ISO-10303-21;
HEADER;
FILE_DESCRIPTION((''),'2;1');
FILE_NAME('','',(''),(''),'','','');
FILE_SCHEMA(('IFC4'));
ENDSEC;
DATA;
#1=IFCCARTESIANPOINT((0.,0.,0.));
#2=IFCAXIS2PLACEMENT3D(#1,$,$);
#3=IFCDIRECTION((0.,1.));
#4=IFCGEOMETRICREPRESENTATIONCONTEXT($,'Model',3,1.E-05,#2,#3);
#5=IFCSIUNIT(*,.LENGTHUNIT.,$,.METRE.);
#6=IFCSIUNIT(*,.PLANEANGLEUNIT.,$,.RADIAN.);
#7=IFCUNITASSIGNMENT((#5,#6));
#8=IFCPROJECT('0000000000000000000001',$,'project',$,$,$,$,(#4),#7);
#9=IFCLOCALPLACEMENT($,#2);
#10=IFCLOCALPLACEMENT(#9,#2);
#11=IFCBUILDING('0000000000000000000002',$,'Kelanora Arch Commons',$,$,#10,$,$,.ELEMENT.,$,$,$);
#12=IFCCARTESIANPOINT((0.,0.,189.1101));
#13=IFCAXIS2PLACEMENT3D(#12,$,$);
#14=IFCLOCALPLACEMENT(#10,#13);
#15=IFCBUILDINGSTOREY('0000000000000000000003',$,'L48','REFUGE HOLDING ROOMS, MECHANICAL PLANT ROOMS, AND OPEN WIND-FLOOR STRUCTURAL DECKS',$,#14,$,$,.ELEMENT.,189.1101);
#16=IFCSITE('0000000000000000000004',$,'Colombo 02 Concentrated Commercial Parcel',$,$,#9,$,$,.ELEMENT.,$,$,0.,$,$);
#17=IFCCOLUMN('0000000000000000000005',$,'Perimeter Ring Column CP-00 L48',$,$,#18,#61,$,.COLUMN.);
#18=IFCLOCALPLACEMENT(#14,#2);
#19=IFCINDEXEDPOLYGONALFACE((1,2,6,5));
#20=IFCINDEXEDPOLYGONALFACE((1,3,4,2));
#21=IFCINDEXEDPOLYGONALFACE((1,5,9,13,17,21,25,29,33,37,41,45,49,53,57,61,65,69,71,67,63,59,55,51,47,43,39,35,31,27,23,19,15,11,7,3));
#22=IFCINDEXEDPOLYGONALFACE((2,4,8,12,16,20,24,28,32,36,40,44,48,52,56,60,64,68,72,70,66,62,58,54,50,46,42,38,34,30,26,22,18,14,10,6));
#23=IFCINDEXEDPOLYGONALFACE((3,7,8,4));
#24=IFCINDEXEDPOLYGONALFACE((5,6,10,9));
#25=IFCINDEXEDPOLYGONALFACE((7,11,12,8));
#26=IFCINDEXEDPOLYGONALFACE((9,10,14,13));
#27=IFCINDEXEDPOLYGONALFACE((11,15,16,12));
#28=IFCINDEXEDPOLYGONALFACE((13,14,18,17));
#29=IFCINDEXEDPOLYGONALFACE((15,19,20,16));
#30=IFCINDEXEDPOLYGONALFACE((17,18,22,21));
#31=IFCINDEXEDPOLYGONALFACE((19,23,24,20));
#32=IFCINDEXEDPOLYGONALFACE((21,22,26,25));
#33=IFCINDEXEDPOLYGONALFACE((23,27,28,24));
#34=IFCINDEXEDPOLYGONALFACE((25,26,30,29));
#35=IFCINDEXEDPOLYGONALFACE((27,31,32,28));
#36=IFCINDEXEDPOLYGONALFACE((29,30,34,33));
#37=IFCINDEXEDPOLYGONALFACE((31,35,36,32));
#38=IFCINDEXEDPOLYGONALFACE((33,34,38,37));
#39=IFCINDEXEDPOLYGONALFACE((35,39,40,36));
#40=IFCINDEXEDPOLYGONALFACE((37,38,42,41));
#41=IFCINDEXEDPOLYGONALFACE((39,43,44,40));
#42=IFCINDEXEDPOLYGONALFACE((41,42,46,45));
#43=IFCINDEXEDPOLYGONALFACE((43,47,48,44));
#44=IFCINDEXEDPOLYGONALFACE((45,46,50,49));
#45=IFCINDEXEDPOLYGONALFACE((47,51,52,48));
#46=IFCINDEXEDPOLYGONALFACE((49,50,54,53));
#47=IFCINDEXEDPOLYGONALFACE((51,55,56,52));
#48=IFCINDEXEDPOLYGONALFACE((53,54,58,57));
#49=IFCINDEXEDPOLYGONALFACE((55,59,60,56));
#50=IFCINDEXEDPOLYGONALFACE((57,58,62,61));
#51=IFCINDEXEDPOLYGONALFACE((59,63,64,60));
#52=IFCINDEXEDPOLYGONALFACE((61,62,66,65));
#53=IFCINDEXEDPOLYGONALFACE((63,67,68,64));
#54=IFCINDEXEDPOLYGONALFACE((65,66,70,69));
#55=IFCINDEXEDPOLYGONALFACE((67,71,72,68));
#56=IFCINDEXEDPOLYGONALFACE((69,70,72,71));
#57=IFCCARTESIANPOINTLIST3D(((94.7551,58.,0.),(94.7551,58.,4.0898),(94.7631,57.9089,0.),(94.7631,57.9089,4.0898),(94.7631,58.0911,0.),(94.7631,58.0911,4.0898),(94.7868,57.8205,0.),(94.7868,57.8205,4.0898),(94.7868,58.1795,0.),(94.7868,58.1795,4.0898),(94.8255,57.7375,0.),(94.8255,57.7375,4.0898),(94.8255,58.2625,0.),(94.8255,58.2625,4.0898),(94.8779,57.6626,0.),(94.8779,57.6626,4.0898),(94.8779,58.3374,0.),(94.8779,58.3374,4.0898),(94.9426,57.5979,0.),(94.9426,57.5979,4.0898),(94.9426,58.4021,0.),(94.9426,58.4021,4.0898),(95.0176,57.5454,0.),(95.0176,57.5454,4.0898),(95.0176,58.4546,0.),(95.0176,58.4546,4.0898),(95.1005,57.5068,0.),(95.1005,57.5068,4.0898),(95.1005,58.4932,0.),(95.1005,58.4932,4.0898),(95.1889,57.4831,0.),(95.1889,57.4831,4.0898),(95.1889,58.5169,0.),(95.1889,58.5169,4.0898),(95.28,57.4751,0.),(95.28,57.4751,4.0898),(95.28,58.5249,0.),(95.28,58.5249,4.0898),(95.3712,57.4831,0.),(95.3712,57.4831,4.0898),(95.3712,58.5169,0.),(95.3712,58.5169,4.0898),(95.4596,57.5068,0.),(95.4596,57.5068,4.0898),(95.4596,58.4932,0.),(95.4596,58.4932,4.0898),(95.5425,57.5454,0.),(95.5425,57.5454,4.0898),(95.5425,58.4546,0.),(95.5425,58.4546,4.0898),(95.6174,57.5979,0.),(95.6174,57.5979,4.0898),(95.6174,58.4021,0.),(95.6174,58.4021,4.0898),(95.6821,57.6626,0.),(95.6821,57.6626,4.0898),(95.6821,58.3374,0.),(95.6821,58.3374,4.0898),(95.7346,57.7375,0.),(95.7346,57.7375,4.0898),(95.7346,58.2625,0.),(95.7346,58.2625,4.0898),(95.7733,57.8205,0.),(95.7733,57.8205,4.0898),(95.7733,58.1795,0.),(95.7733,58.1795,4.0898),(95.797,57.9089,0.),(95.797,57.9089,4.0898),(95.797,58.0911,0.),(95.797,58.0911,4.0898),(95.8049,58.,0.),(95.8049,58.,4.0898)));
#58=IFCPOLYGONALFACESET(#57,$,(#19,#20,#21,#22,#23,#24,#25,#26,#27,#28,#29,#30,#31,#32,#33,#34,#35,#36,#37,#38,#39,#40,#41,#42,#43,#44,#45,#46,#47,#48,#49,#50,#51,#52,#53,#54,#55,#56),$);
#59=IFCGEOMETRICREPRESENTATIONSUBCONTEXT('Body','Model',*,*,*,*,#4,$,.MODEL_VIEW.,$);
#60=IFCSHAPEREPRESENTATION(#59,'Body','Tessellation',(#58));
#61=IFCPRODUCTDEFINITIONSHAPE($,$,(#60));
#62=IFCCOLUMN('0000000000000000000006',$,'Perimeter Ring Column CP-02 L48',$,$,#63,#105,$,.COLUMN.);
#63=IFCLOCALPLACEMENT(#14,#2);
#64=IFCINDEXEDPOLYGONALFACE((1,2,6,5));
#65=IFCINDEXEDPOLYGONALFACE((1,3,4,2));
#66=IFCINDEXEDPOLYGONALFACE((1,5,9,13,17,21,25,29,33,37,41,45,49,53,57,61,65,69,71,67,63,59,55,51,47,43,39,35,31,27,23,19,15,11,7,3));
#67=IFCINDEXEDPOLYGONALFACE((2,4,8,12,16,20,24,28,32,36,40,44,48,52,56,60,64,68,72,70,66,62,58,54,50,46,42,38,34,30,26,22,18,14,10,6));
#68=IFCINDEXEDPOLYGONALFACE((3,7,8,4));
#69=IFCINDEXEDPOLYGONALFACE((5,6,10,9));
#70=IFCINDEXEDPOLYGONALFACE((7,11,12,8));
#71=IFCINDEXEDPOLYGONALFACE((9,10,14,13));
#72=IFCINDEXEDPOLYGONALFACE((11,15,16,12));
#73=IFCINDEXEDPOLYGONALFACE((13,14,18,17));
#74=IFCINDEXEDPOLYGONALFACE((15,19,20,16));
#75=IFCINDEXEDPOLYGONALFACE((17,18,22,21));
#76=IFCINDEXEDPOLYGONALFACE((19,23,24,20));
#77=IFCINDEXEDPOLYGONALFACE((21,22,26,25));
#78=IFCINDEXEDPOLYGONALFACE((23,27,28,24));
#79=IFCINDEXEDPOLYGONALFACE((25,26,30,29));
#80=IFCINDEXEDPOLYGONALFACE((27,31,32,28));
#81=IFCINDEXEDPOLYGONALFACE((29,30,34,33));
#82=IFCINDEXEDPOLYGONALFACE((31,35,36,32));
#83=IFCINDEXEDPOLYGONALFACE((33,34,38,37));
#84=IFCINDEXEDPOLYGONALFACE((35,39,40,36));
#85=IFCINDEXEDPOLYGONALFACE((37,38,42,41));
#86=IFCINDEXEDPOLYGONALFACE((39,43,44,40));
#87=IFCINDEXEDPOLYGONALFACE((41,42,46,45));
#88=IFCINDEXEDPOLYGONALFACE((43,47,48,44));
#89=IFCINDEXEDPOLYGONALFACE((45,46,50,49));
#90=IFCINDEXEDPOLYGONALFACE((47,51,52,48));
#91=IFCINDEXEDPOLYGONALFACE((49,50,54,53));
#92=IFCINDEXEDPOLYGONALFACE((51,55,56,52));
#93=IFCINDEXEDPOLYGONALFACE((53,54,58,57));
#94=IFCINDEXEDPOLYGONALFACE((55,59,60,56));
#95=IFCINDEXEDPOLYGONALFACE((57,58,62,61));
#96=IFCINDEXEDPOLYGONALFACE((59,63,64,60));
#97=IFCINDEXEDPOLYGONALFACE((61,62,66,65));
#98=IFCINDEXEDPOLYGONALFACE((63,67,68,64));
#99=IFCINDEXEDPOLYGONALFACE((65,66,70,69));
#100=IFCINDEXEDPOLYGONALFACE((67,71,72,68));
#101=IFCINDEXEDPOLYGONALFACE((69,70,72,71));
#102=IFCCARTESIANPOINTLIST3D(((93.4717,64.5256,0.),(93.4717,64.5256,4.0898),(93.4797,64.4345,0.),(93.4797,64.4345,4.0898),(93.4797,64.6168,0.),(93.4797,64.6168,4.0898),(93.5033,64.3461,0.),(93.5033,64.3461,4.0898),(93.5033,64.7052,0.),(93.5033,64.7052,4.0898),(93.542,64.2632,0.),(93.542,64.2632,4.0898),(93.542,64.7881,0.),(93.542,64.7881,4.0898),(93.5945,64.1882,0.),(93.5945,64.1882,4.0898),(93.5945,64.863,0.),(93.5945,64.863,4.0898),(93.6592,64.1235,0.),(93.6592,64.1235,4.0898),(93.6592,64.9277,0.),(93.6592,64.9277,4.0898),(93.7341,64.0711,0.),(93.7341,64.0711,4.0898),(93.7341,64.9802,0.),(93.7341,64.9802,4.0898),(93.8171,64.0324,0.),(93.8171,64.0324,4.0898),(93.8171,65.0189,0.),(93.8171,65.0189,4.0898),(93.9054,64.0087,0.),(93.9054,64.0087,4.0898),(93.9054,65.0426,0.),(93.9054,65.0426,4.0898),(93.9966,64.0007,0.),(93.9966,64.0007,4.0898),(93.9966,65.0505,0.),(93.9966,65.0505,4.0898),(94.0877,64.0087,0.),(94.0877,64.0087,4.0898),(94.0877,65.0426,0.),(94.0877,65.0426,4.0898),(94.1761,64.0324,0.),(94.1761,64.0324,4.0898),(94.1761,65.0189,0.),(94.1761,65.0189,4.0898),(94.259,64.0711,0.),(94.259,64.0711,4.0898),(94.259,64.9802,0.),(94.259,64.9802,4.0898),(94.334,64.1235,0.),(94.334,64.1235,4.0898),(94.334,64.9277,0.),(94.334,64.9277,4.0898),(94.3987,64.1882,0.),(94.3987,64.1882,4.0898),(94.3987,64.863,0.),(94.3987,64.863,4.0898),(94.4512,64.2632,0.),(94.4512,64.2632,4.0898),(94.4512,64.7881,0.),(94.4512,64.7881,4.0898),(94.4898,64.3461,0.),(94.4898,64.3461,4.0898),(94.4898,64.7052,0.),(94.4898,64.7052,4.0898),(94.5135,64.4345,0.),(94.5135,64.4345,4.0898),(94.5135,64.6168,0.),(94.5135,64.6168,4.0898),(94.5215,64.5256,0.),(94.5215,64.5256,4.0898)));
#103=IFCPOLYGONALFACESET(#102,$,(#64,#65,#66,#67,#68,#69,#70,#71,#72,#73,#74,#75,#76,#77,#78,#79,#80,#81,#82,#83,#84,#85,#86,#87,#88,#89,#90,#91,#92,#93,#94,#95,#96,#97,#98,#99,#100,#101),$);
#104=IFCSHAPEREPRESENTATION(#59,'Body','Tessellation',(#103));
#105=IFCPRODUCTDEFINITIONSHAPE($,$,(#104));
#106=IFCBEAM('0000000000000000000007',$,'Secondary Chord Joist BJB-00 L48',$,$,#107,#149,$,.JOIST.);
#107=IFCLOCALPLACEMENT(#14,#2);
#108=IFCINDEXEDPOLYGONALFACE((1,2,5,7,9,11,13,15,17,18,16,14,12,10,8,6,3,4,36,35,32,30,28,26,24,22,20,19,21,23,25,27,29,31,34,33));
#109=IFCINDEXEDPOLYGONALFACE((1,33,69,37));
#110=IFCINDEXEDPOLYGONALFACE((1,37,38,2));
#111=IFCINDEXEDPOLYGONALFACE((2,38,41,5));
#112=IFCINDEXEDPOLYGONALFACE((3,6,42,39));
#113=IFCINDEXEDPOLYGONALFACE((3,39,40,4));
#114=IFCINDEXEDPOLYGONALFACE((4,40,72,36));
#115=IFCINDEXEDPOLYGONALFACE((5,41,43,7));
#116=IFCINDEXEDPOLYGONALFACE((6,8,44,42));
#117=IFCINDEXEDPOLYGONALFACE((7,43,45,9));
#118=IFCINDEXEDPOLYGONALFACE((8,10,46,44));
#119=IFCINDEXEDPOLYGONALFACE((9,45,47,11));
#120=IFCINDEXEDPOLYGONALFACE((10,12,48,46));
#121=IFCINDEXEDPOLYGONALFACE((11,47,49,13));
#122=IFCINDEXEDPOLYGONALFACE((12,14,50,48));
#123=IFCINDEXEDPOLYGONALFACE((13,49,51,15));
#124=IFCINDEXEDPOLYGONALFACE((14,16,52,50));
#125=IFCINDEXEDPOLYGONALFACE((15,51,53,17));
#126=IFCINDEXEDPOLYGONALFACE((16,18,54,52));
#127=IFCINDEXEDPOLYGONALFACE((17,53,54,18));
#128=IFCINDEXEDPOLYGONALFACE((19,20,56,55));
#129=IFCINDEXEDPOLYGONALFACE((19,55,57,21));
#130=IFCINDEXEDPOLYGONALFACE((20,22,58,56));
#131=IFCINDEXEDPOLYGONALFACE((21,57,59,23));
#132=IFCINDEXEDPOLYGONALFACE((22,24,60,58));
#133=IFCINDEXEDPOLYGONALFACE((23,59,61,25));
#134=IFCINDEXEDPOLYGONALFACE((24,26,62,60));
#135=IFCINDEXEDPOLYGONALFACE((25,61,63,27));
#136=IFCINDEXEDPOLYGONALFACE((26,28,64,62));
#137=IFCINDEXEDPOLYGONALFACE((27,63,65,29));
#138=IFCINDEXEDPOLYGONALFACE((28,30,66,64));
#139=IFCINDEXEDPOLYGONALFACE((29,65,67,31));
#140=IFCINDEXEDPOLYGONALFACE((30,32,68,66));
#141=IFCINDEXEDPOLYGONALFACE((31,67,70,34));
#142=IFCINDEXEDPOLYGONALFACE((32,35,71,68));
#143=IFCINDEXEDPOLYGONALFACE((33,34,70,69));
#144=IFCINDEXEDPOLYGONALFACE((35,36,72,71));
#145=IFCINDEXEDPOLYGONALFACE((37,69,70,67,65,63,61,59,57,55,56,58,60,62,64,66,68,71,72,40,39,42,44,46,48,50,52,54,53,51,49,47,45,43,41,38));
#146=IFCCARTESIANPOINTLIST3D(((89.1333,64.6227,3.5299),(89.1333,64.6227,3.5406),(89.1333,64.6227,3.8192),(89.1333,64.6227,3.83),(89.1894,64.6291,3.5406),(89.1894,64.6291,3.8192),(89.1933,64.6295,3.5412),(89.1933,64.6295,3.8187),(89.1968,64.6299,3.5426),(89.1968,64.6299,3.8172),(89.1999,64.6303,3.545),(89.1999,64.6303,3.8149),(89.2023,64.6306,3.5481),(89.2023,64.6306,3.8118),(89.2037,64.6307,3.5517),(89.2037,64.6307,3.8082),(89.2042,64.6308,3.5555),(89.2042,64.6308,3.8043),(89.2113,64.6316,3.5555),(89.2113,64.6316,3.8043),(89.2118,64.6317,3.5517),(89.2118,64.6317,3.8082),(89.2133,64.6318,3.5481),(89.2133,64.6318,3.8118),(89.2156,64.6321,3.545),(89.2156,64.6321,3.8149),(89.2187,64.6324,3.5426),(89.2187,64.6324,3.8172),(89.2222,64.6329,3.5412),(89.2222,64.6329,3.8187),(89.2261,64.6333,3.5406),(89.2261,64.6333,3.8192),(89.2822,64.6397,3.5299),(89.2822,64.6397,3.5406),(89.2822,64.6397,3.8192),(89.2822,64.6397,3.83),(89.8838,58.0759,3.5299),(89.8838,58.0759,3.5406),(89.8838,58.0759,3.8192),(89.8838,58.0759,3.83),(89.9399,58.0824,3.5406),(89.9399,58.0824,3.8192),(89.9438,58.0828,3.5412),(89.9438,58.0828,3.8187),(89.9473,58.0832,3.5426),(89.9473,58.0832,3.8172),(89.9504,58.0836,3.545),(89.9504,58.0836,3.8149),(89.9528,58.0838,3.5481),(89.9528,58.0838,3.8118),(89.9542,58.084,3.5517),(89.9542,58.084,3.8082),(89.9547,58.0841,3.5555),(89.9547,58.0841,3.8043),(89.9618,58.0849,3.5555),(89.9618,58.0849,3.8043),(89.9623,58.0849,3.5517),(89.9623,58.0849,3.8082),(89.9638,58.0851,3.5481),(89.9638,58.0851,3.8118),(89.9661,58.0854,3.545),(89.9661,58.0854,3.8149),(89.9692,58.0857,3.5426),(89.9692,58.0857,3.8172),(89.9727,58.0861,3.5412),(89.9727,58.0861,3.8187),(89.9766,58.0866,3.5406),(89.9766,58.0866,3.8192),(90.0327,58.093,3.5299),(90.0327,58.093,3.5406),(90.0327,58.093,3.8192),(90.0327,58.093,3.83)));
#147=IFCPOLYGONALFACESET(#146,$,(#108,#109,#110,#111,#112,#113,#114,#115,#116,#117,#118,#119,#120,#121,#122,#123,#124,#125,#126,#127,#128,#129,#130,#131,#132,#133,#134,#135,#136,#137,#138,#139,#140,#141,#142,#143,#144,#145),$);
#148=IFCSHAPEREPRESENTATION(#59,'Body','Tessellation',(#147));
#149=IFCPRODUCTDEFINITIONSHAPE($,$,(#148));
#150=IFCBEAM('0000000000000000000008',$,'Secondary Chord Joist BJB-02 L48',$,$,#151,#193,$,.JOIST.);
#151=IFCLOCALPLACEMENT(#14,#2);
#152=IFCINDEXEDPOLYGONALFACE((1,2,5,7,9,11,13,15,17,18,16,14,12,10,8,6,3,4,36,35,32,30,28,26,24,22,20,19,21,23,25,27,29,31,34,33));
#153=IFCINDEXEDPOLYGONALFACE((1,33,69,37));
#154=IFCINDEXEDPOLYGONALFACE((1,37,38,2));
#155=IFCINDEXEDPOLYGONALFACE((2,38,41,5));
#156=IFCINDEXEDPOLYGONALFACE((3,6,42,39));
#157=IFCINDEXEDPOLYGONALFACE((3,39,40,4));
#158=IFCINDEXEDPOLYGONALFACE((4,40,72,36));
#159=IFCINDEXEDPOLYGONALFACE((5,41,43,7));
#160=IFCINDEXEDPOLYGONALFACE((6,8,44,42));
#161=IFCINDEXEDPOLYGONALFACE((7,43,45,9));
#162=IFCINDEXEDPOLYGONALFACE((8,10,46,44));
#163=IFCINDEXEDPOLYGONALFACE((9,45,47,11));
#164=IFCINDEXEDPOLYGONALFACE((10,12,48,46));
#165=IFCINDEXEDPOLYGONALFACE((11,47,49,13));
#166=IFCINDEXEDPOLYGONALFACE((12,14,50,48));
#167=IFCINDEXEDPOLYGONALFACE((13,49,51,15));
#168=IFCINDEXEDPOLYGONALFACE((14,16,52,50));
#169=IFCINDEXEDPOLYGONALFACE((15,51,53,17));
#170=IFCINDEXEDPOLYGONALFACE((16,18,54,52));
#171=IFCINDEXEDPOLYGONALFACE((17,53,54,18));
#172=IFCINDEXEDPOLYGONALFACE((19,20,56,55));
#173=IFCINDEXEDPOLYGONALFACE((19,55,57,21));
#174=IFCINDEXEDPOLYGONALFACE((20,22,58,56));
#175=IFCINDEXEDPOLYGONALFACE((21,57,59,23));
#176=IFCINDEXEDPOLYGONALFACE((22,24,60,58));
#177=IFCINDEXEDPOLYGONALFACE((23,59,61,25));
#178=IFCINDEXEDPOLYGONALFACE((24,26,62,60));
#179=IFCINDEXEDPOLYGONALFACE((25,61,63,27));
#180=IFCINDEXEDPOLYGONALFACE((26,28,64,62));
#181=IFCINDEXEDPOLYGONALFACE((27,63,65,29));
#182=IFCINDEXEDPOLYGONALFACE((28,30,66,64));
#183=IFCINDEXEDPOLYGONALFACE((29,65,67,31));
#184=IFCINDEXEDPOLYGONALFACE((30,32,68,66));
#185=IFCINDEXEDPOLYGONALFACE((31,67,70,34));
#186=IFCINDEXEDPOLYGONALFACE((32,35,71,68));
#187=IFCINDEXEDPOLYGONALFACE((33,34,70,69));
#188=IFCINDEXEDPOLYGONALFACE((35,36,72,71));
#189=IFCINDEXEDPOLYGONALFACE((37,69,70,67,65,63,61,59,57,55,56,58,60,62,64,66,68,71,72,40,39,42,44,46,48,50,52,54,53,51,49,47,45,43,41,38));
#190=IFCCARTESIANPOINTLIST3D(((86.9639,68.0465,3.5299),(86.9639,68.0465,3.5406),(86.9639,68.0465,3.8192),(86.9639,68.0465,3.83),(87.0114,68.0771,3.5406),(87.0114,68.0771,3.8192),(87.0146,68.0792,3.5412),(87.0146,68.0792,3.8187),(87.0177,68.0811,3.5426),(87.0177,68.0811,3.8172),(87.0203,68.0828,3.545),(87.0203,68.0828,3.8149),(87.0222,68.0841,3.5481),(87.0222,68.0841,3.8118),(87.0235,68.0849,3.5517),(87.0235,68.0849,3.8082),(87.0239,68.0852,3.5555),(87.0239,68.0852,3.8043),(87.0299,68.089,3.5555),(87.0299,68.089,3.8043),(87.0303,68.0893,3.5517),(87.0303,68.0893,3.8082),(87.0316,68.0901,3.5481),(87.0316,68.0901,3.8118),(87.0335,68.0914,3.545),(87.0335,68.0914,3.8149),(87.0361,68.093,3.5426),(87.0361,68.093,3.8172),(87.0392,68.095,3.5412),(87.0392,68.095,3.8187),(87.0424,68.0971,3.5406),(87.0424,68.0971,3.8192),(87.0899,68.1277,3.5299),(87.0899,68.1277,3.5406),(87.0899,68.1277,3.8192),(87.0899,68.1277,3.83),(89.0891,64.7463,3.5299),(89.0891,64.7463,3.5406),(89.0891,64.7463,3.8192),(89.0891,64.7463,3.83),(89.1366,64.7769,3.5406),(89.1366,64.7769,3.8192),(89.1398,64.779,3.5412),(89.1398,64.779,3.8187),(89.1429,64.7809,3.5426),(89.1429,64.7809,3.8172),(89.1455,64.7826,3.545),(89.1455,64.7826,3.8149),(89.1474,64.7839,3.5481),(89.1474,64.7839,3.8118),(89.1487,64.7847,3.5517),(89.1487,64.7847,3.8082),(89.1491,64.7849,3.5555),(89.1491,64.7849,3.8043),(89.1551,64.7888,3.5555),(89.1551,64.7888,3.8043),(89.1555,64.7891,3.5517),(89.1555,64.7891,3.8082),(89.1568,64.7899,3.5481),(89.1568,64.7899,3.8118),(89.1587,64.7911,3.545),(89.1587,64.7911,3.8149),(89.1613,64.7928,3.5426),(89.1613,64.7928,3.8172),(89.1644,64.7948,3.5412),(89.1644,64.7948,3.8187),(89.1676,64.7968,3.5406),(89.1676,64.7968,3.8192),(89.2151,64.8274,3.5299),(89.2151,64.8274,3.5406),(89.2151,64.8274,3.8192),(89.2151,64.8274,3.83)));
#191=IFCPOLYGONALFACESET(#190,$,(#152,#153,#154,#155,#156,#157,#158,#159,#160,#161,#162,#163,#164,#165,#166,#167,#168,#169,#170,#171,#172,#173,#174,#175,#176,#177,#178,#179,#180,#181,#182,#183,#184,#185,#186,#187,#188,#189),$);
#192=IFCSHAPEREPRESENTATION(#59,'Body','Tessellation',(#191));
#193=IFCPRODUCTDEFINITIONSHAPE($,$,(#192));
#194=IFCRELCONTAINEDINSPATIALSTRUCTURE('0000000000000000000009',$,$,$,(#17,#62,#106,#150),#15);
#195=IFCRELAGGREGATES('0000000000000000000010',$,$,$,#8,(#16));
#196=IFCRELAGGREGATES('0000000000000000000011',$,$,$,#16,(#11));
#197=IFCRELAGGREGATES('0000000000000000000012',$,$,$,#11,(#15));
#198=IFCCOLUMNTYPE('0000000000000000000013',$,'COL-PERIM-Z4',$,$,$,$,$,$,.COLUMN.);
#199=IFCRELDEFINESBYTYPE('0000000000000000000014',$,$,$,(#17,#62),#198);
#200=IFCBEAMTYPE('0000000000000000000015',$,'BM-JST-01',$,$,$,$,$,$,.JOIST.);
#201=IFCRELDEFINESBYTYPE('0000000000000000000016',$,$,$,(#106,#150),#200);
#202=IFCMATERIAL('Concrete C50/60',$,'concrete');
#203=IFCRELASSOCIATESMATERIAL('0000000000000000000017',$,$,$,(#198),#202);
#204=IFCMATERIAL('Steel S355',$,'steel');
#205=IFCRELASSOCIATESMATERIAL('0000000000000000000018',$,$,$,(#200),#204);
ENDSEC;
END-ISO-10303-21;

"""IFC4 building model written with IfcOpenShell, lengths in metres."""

from ifc_helpers import new_model, si_unit, direction, frame, origin, origin_2d, place, context, subcontext, project, spatial, circle, i_section, extrude, material, material_profile, profile_set, type_object, element, save


model = new_model("IFC4")

# Units and contexts
model_context = context("Model", 3, precision=1e-05, world=origin(), true_north=direction((0.0, 1.0)))
body_context = subcontext(model_context, "Body", "Model", "MODEL_VIEW")
ifc_project = project(units=[si_unit("LENGTHUNIT", "METRE"), si_unit("PLANEANGLEUNIT", "RADIAN")], contexts=[model_context])

# Site, building, storey
site_placement = place(None, origin())
site = spatial("IfcSite", under=ifc_project, at=site_placement, Name="Colombo 02 Concentrated Commercial Parcel", CompositionType="ELEMENT", RefElevation=0.0)
building_placement = place(site_placement, origin())
building = spatial("IfcBuilding", under=site, at=building_placement, Name="Kelanora Arch Commons", CompositionType="ELEMENT")
storey_placement = place(building_placement, frame((0.0, 0.0, 189.1101)))
storey = spatial("IfcBuildingStorey", under=building, at=storey_placement, Name="L48", Description="REFUGE HOLDING ROOMS, MECHANICAL PLANT ROOMS, AND OPEN WIND-FLOOR STRUCTURAL DECKS", CompositionType="ELEMENT", Elevation=189.1101)

# Columns
ifc_material_1 = material(Name="Concrete C50/60", Category="concrete")
ifc_material_profile_1 = material_profile(ifc_material_1, circle(Radius=0.5249, at=origin_2d()), Name="RCC1050")
ifc_profile_set_1 = profile_set([ifc_material_profile_1], Name="Concrete C50/60")
column_type = type_object("IfcColumnType", Name="COL-PERIM-Z4", PredefinedType="COLUMN", material=ifc_profile_set_1)
for number, where, z_axis, x_axis, name in (
    (1, (95.28, 58.0, 0.0), (0.0, 0.0, 1.0), (1.0, 0.0, 0.0), "Perimeter Ring Column CP-00 L48"),
    (2, (93.9966, 64.5256, 0.0), (0.0, 0.0, 1.0), (1.0, 0.0, 0.0), "Perimeter Ring Column CP-02 L48"),
):
    element("IfcColumn", number, at=place(storey_placement, frame(where, z_axis=z_axis, x_axis=x_axis)), inside=storey, type_object=column_type, Name=name, PredefinedType="COLUMN", context=body_context, shape_type="SweptSolid", body=[
        extrude(circle(Radius=0.5249, at=origin_2d()), origin(), (0.0, 0.0, 1.0), 4.0898),
    ])

# Beams
ifc_material_2 = material(Name="Steel S355", Category="steel")
ifc_material_profile_2 = material_profile(ifc_material_2, i_section(OverallWidth=0.1499, OverallDepth=0.3, WebThickness=0.0071, FlangeThickness=0.0107, FilletRadius=0.0149, at=origin_2d()), Name="IPE300")
ifc_profile_set_2 = profile_set([ifc_material_profile_2], Name="Steel S355")
beam_type_1 = type_object("IfcBeamType", Name="BM-JST-01", PredefinedType="JOIST", material=ifc_profile_set_2)
beam_1_placement = place(storey_placement, frame((89.9583, 58.0845, 3.6799), z_axis=(-0.113891, 0.993493, 0.0), x_axis=(-0.993493, -0.113891, 0.0)))
element("IfcBeam", 3, at=beam_1_placement, inside=storey, type_object=beam_type_1, Name="Secondary Chord Joist BJB-00 L48", PredefinedType="JOIST", context=body_context, shape_type="SweptSolid", body=[
    extrude(i_section(OverallWidth=0.1499, OverallDepth=0.3, WebThickness=0.0071, FlangeThickness=0.0107, FilletRadius=0.0149, at=origin_2d()), origin(), (0.0, 0.0, 1.0), 6.5896),
])
beam_2_placement = place(storey_placement, frame((89.1521, 64.7869, 3.6799), z_axis=(-0.541411, 0.840758, 0.0), x_axis=(-0.840758, -0.541411, 0.0)))
element("IfcBeam", 4, at=beam_2_placement, inside=storey, type_object=beam_type_1, Name="Secondary Chord Joist BJB-02 L48", PredefinedType="JOIST", context=body_context, shape_type="SweptSolid", body=[
    extrude(i_section(OverallWidth=0.1499, OverallDepth=0.3, WebThickness=0.0071, FlangeThickness=0.0107, FilletRadius=0.0149, at=origin_2d()), origin(), (0.0, 0.0, 1.0), 3.9253),
])

save(model, "model.ifc")
